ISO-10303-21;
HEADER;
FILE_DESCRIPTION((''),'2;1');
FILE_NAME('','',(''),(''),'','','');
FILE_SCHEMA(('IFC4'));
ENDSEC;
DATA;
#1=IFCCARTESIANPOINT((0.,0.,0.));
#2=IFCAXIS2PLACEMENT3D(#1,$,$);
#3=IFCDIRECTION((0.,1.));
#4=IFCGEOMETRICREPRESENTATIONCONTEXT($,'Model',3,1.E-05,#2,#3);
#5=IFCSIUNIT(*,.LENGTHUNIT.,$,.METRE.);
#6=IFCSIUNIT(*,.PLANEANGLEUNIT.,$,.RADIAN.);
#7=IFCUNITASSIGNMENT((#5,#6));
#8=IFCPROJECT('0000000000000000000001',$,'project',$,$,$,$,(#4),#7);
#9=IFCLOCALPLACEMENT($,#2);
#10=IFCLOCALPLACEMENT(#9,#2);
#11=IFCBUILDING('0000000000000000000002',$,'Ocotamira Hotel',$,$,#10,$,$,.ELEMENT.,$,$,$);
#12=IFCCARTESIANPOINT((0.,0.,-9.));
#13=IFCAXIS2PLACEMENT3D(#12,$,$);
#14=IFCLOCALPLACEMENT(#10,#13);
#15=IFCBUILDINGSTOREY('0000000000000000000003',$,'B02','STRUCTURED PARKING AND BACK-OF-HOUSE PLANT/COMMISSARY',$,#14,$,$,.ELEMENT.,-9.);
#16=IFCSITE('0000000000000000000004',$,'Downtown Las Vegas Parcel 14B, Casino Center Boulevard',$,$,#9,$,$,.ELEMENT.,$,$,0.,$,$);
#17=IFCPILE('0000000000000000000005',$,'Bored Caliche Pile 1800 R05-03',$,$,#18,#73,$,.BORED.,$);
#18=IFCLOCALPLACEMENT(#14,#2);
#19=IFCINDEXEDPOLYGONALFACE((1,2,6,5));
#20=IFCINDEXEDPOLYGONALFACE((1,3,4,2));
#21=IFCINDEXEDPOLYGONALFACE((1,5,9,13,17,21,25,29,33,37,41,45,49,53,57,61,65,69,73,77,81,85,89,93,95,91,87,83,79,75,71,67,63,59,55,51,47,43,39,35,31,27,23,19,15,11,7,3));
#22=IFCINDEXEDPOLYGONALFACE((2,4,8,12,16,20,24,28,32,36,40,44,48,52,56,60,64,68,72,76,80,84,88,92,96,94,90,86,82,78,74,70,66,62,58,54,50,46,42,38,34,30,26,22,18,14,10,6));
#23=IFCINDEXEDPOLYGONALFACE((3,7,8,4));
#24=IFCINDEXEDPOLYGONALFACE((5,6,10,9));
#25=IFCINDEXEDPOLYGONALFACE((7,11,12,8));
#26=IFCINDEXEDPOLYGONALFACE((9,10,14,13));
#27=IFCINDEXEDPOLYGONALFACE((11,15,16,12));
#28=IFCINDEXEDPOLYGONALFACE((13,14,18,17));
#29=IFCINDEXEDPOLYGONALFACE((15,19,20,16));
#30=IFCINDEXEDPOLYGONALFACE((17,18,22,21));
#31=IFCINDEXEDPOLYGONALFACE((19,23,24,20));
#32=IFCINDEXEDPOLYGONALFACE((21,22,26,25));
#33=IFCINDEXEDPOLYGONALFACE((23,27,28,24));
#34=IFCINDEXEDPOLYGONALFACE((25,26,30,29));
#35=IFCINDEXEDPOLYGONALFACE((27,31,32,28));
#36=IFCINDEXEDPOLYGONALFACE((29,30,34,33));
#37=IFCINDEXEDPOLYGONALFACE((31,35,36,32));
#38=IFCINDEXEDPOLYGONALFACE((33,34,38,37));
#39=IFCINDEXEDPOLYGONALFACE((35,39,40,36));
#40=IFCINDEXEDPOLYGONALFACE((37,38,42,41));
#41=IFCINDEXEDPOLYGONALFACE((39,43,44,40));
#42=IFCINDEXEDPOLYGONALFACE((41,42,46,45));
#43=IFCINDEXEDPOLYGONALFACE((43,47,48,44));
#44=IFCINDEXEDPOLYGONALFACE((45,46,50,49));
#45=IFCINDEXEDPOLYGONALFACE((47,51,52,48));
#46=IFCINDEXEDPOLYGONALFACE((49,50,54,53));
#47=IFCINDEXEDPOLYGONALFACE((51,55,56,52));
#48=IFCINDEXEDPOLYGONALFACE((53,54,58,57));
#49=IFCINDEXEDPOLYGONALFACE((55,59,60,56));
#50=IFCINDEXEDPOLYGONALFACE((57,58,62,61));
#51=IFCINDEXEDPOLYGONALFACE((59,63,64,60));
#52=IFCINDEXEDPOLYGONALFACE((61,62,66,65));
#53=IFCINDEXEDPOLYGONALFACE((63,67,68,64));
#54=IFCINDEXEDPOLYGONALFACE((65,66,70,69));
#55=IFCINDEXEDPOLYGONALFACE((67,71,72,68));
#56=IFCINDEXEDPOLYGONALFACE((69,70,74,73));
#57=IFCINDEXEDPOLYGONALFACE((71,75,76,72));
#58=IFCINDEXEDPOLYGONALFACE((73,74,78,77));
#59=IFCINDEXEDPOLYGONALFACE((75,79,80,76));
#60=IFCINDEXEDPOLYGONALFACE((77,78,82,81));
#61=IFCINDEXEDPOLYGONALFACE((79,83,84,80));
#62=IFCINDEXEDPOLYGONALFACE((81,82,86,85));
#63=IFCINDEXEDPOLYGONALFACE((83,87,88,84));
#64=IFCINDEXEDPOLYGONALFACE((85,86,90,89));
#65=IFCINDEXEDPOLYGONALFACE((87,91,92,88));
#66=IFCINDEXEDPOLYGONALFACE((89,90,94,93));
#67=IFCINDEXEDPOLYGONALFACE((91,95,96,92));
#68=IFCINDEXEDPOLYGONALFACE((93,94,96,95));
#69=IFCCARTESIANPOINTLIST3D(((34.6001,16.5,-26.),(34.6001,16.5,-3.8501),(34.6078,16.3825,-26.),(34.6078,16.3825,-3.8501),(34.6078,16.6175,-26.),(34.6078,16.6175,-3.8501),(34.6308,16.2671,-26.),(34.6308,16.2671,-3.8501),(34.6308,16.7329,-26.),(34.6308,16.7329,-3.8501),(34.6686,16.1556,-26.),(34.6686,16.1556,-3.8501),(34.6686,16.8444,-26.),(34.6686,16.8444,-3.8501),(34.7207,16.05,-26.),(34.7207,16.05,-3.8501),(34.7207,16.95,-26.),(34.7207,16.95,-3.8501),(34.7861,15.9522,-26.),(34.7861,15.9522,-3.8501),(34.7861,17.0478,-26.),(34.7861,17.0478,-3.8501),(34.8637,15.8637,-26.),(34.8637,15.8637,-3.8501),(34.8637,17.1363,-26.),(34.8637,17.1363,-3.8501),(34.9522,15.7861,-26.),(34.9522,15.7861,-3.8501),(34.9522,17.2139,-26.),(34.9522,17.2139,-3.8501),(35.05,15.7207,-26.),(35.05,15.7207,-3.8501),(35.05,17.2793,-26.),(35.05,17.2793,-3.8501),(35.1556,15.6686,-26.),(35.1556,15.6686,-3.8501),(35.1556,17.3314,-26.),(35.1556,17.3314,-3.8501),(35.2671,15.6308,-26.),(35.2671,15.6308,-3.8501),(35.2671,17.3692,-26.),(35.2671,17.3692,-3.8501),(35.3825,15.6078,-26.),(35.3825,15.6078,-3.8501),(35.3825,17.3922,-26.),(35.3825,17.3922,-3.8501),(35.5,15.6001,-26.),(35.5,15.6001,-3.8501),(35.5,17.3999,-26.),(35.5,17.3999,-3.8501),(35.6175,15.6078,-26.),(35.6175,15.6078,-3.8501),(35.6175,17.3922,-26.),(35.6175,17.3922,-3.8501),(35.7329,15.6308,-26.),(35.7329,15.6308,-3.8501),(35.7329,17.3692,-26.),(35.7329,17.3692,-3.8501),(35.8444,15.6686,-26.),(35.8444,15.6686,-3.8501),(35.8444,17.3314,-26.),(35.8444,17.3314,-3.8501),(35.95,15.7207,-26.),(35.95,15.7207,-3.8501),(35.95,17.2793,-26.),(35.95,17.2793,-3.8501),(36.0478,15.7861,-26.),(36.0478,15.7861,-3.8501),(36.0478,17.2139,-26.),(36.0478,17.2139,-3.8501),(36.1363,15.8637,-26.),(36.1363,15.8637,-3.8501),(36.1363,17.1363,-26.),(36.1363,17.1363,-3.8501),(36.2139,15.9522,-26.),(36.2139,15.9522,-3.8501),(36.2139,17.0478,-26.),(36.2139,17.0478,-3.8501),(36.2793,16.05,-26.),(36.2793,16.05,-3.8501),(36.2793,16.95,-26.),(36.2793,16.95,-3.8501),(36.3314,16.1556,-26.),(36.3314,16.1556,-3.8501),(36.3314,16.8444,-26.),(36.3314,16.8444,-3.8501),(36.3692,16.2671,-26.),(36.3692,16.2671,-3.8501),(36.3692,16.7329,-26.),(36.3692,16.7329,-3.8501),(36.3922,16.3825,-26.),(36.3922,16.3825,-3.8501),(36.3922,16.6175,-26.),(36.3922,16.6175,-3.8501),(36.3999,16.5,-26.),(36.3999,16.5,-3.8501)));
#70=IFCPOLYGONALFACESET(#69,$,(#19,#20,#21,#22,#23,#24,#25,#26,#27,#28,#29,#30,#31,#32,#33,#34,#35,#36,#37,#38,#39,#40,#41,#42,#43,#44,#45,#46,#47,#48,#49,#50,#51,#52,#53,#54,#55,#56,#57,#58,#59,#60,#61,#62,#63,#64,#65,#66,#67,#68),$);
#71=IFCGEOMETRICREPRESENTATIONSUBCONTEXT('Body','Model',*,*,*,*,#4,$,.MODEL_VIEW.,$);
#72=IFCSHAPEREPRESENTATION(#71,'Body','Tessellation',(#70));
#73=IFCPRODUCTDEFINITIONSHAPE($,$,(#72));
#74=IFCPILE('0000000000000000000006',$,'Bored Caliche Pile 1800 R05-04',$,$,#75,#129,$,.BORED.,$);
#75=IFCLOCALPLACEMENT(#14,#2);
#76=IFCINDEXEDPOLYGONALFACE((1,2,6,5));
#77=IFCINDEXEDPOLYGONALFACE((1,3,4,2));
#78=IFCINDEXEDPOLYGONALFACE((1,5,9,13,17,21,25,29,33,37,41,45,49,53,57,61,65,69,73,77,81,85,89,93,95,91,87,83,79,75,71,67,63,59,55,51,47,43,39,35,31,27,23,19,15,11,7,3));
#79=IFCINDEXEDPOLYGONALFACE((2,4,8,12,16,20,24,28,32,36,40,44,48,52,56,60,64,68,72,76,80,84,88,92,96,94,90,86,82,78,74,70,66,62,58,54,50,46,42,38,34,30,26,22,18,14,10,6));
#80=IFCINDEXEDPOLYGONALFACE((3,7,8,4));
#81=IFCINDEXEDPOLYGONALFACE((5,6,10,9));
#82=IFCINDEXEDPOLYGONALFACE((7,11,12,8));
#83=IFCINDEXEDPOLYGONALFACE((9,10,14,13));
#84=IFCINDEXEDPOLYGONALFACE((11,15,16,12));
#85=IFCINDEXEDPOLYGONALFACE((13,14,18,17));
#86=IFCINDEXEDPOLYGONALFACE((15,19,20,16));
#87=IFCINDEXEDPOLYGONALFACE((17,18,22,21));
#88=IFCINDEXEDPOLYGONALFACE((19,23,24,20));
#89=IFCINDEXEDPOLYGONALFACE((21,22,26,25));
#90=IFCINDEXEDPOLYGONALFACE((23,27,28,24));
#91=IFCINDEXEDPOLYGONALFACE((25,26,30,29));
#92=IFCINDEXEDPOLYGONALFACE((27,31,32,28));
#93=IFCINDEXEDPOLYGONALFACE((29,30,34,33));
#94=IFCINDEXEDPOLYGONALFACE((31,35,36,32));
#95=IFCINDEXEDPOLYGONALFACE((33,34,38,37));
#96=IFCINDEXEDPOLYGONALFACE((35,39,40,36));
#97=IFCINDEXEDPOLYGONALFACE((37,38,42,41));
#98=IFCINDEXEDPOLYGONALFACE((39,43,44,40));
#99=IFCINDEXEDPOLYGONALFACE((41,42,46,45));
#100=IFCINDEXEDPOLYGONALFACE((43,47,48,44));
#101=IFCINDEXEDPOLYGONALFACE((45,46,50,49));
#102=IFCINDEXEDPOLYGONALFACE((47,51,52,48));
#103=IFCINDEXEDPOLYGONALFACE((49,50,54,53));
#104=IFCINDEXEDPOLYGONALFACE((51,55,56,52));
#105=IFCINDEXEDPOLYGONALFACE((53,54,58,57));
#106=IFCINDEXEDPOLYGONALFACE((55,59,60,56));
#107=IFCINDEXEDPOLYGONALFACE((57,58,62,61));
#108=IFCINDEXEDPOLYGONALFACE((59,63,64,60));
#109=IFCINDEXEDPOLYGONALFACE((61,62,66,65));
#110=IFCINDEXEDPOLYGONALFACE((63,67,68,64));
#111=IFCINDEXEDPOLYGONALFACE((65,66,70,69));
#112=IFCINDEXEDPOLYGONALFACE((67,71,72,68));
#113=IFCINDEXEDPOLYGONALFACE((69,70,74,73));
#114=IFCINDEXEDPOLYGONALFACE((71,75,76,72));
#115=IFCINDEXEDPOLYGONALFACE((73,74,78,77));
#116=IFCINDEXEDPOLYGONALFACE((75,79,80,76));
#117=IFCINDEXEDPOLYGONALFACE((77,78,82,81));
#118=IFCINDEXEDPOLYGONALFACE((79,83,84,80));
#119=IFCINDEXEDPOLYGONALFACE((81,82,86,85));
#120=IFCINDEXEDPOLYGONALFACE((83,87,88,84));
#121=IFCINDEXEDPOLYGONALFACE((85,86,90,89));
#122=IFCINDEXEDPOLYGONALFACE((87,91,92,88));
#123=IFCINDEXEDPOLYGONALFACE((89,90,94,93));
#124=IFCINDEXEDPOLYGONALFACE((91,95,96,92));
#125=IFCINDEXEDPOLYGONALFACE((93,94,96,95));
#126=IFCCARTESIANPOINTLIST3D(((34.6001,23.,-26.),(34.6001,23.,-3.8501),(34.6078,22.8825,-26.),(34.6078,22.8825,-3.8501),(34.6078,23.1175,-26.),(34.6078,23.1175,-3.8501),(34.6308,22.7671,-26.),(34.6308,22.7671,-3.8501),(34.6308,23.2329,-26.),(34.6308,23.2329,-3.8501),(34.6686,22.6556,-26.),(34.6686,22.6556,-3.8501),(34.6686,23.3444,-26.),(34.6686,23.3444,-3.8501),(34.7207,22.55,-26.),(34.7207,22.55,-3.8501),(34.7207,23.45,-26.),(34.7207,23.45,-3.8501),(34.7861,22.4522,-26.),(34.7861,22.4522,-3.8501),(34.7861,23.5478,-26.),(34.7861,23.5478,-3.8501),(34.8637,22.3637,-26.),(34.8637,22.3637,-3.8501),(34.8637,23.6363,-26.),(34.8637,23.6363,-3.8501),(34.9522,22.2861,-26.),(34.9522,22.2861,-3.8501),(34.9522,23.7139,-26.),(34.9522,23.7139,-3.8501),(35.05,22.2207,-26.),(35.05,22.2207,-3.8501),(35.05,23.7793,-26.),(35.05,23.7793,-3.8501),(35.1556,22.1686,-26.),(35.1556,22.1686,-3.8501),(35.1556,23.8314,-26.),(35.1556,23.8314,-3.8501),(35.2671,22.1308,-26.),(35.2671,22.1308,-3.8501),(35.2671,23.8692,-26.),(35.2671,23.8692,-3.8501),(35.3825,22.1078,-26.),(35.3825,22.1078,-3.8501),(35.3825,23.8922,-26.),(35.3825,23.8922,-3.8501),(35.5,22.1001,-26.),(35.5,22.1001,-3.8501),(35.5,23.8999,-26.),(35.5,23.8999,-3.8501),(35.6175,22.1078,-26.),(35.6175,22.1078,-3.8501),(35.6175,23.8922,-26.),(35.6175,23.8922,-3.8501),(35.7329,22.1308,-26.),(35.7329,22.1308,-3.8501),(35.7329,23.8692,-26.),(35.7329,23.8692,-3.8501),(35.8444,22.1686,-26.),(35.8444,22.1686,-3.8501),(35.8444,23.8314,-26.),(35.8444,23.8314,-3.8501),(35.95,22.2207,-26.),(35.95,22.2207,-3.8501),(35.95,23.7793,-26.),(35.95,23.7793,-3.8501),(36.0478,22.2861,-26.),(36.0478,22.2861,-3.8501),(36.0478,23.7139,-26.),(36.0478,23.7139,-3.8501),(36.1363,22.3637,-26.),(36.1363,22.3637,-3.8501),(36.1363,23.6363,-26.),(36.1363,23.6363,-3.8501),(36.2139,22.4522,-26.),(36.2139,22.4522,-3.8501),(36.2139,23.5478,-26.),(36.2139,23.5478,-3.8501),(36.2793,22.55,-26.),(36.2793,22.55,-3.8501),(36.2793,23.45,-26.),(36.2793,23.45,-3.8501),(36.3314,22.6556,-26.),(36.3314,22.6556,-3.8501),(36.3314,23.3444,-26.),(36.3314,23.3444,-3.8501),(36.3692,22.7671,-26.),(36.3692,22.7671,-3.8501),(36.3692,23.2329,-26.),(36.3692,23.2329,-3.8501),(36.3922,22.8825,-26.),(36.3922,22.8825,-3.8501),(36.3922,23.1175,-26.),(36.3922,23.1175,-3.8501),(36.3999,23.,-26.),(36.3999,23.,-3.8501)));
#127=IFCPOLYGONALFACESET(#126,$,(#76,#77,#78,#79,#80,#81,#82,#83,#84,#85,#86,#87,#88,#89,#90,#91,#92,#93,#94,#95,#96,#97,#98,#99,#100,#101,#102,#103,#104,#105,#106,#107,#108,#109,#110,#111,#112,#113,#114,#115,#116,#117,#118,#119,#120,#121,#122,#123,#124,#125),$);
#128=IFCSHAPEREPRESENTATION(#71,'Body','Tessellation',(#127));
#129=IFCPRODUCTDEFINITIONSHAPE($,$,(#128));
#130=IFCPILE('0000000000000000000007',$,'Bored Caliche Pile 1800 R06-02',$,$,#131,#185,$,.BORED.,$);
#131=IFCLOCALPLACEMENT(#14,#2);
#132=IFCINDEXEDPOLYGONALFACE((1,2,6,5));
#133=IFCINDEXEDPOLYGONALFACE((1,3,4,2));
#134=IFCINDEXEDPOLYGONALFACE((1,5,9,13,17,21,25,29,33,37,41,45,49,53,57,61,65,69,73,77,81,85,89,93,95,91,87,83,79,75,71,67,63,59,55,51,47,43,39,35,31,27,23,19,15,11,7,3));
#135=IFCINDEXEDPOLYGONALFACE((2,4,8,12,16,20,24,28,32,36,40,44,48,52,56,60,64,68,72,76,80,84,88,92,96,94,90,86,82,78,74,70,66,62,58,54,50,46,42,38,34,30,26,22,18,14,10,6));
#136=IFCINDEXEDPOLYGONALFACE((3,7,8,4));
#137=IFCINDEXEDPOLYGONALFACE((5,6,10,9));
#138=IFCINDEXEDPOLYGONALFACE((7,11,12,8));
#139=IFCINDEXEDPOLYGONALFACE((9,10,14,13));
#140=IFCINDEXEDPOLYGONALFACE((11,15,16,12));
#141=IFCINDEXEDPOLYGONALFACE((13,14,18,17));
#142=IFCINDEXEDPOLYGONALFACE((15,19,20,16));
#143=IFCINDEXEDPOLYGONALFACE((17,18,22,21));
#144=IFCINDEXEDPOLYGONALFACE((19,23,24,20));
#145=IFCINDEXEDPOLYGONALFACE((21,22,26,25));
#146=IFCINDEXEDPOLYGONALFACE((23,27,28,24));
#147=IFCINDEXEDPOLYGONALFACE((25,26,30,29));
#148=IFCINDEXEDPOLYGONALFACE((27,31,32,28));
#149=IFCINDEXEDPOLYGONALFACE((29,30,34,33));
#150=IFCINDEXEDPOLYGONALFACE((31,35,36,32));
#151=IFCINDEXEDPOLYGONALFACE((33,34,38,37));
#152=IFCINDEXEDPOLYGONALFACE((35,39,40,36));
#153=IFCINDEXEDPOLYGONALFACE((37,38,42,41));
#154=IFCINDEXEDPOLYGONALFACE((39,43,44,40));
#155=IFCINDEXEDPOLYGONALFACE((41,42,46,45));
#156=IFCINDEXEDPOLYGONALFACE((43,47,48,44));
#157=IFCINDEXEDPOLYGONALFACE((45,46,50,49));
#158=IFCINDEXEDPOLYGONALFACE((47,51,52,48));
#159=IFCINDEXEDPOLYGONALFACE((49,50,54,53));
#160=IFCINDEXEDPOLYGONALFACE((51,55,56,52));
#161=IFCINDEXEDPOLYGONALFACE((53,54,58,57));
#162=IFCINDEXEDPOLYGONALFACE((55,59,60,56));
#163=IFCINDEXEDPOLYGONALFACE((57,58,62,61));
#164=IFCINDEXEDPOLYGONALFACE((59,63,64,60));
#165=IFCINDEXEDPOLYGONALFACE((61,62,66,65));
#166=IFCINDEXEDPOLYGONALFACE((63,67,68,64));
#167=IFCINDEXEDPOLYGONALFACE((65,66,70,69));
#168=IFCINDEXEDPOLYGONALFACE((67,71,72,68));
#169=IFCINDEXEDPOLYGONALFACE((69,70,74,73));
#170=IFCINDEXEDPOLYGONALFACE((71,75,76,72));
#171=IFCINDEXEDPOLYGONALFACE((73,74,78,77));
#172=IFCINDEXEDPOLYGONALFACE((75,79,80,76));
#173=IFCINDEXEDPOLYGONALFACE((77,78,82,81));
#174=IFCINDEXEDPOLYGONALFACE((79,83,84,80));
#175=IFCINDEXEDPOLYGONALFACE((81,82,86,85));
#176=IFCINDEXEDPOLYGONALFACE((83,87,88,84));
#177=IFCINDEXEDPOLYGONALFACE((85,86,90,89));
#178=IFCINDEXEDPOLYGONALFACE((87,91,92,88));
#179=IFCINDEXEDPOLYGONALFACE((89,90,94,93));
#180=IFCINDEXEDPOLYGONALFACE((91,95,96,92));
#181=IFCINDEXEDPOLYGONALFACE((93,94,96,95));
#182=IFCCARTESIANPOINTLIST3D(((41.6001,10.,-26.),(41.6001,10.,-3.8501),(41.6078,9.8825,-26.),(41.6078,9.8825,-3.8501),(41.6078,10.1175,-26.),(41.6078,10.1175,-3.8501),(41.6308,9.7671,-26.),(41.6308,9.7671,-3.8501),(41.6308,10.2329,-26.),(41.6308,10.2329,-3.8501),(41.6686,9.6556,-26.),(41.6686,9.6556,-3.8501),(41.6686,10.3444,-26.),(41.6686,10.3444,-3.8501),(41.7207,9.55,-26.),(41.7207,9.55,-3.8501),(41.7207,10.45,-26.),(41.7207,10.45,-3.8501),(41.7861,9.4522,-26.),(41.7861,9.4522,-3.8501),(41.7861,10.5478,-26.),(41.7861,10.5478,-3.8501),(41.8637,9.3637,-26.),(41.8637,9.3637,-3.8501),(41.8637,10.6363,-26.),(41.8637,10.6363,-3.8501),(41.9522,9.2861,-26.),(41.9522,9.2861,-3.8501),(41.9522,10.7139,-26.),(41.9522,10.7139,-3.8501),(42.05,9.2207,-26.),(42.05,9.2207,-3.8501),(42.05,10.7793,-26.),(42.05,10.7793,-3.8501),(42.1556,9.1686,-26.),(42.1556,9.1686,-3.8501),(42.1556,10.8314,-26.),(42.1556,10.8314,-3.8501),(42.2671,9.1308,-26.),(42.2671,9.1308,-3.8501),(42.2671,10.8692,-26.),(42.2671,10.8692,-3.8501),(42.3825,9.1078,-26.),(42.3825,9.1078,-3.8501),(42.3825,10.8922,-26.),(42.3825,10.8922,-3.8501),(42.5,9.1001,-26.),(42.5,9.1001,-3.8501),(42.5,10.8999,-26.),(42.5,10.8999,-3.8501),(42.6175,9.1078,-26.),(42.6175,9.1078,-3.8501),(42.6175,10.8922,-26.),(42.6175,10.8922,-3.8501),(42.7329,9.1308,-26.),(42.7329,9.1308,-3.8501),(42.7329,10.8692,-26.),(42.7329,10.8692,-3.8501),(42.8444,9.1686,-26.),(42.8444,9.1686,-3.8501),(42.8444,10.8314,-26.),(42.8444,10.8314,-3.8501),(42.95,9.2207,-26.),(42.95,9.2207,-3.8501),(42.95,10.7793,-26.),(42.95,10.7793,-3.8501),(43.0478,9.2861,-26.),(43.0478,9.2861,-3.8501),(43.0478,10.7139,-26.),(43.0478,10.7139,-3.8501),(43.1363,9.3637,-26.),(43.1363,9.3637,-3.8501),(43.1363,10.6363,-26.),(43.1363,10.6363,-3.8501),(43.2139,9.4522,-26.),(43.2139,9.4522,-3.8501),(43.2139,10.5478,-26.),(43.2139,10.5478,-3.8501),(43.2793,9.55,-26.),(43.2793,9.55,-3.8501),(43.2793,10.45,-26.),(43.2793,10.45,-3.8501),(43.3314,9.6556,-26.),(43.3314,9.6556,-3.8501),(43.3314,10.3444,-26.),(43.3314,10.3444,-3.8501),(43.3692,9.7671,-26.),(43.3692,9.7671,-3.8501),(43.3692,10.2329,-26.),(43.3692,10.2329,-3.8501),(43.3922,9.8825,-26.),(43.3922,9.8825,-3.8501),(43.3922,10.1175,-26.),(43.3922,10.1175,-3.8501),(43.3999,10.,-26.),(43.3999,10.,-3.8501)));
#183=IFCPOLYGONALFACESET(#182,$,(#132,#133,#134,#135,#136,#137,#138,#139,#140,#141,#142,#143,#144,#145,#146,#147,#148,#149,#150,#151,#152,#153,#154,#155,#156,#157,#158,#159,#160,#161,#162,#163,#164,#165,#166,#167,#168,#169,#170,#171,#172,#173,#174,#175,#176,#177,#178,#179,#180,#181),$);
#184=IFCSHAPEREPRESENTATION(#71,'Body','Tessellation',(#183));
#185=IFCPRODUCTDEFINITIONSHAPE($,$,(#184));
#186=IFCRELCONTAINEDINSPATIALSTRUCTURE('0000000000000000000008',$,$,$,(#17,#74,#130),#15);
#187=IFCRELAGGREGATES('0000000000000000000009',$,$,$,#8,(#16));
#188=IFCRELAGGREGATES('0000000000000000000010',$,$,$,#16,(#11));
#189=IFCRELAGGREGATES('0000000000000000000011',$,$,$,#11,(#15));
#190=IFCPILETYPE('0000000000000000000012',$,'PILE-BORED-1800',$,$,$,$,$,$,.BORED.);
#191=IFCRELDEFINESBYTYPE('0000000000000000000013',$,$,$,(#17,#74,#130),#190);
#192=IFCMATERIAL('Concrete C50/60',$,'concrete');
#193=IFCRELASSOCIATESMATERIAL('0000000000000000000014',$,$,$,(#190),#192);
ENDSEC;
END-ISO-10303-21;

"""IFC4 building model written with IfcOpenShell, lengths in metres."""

from ifc_helpers import new_model, si_unit, direction, frame, origin, origin_2d, place, context, subcontext, project, spatial, circle, extrude, source, transform, mapped, material, material_profile, profile_set, type_object, element, save


model = new_model("IFC4")

# Units and contexts
model_context = context("Model", 3, precision=1e-05, world=origin(), true_north=direction((0.0, 1.0)))
body_context = subcontext(model_context, "Body", "Model", "MODEL_VIEW")
ifc_project = project(units=[si_unit("LENGTHUNIT", "METRE"), si_unit("PLANEANGLEUNIT", "RADIAN")], contexts=[model_context])

# Site, building, storey
site_placement = place(None, origin())
site = spatial("IfcSite", under=ifc_project, at=site_placement, Name="Downtown Las Vegas Parcel 14B, Casino Center Boulevard", CompositionType="ELEMENT", RefElevation=0.0)
building_placement = place(site_placement, origin())
building = spatial("IfcBuilding", under=site, at=building_placement, Name="Ocotamira Hotel", CompositionType="ELEMENT")
storey_placement = place(building_placement, frame((0.0, 0.0, -9.0)))
storey = spatial("IfcBuildingStorey", under=building, at=storey_placement, Name="B02", Description="STRUCTURED PARKING AND BACK-OF-HOUSE PLANT/COMMISSARY", CompositionType="ELEMENT", Elevation=-9.0)

# Piles
ifc_material_1 = material(Name="Concrete C50/60", Category="concrete")
ifc_material_profile_1 = material_profile(ifc_material_1, circle(Radius=0.8999, at=origin_2d()), Name="PILE1800")
ifc_profile_set_1 = profile_set([ifc_material_profile_1], Name="Concrete C50/60")
pile_type_1 = type_object("IfcPileType", Name="PILE-BORED-1800", PredefinedType="BORED", material=ifc_profile_set_1)
shared_shape_1 = source(origin(), body_context, "Body", "SweptSolid", [
    extrude(circle(Radius=0.8999, at=origin_2d()), origin(), (0.0, 0.0, 1.0), 22.1499),
])
for number, where, z_axis, x_axis, name in (
    (1, (35.5, 16.5, -3.8501), (0.0, 0.0, -1.0), (1.0, 0.0, 0.0), "Bored Caliche Pile 1800 R05-03"),
    (2, (35.5, 23.0, -3.8501), (0.0, 0.0, -1.0), (1.0, 0.0, 0.0), "Bored Caliche Pile 1800 R05-04"),
    (3, (42.5, 10.0, -3.8501), (0.0, 0.0, -1.0), (1.0, 0.0, 0.0), "Bored Caliche Pile 1800 R06-02"),
):
    element("IfcPile", number, at=place(storey_placement, frame(where, z_axis=z_axis, x_axis=x_axis)), inside=storey, type_object=pile_type_1, Name=name, PredefinedType="BORED", context=body_context, shape_type="MappedRepresentation", body=[
        mapped(shared_shape_1, transform((0.0, 0.0, 0.0), scale=1.0)),
    ])

save(model, "model.ifc")
